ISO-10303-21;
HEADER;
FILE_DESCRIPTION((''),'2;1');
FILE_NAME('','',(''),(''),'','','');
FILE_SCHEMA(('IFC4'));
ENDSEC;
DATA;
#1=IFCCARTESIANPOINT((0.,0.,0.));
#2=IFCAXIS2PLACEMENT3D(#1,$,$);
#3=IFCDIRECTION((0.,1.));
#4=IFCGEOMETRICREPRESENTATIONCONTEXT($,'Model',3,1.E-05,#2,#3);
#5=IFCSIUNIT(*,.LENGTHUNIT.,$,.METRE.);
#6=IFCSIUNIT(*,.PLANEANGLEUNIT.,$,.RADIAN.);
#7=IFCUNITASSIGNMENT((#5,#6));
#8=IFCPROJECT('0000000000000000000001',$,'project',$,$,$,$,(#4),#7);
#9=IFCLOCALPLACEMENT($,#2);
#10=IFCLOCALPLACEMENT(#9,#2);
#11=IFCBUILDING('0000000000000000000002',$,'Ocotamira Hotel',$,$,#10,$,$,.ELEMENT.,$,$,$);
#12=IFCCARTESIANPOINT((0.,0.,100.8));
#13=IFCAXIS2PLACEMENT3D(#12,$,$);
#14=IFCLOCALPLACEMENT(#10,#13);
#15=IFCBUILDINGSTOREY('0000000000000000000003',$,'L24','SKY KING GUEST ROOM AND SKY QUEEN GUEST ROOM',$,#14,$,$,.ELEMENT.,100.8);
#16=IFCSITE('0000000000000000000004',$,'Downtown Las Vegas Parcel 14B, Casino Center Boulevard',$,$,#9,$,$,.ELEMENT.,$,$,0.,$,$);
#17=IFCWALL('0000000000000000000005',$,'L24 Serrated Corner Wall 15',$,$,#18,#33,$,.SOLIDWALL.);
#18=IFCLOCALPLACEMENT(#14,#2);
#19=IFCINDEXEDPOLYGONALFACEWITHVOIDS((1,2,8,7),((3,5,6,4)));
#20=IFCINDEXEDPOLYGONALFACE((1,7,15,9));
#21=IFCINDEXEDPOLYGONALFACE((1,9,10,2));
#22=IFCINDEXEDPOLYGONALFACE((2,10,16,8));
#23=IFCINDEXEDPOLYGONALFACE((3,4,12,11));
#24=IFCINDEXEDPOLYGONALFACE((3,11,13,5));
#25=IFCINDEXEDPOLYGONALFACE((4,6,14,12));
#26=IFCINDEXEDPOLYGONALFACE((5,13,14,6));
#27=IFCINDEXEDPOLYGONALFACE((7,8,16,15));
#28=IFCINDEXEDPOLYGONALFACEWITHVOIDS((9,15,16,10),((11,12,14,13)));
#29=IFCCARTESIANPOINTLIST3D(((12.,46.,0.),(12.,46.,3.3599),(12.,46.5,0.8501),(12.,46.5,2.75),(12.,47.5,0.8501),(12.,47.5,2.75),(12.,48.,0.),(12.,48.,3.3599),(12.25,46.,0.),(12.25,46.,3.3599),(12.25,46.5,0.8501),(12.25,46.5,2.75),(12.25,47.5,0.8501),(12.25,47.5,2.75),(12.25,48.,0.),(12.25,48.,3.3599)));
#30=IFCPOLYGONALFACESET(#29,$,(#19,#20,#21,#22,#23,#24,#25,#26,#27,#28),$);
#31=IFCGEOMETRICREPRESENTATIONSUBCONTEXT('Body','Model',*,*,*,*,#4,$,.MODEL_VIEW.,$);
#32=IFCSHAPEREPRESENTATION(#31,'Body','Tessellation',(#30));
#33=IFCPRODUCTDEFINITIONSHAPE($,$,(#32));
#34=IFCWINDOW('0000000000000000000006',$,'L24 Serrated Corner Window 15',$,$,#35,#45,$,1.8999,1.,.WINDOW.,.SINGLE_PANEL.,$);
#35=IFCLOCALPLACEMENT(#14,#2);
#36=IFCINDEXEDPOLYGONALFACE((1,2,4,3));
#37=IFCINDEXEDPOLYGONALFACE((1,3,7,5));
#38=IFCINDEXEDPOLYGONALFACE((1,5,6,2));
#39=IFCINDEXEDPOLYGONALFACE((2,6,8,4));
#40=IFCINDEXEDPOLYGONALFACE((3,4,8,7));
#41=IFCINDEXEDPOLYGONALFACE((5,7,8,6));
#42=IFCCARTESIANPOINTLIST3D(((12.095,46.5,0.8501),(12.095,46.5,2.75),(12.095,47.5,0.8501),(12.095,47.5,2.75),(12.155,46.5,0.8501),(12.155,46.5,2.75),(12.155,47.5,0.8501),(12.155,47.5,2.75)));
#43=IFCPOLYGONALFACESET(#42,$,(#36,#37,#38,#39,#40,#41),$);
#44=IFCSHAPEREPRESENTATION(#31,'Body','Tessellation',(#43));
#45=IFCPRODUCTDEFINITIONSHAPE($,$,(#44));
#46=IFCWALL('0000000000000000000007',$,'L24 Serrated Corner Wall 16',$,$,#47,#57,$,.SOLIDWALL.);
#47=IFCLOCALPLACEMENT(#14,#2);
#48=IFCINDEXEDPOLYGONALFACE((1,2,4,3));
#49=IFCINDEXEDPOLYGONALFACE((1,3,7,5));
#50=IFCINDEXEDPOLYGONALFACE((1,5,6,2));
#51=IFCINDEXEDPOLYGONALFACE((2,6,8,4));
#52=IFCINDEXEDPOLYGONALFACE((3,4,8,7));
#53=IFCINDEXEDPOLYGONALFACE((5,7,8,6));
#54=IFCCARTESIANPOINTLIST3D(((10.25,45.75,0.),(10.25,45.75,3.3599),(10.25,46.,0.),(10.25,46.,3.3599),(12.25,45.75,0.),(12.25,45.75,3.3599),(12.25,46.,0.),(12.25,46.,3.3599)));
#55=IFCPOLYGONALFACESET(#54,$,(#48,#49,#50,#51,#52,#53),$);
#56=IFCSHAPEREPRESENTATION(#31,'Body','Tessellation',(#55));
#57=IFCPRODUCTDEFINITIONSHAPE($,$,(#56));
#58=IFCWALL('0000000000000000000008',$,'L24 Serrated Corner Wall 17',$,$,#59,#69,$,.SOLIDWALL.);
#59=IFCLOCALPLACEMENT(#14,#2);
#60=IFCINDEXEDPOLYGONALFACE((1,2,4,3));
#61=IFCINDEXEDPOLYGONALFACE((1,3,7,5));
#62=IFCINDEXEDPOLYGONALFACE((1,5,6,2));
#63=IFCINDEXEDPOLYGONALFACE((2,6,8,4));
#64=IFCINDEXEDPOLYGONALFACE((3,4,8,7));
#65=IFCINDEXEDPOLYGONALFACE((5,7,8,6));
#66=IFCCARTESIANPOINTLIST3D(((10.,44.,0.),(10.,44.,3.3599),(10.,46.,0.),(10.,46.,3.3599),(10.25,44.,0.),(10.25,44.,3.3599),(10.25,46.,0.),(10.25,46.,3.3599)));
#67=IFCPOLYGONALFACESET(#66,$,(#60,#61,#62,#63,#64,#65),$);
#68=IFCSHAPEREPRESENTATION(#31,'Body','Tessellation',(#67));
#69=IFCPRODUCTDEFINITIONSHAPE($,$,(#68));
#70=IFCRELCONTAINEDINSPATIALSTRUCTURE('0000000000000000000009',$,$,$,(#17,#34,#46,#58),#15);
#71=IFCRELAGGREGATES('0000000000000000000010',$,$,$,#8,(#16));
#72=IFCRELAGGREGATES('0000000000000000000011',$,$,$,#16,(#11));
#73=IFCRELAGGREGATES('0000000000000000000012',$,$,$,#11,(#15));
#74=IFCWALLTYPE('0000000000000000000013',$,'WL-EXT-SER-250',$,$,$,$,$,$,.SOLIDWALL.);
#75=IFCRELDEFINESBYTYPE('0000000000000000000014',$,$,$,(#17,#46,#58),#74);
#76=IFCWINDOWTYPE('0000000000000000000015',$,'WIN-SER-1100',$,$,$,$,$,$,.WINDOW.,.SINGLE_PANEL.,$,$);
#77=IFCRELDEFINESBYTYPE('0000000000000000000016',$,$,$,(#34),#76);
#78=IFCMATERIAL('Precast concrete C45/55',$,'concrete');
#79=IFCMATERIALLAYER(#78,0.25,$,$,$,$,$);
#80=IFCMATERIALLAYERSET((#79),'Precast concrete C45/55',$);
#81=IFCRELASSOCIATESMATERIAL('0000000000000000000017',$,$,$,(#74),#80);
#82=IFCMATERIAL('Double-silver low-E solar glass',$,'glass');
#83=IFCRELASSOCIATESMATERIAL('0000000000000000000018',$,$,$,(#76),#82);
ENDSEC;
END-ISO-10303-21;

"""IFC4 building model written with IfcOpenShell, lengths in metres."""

from ifc_helpers import new_model, si_unit, direction, frame, frame_2d, origin, place, context, subcontext, project, spatial, rectangle, extrude, source, transform, mapped, material, layer, layer_set, type_object, element, fill, save


model = new_model("IFC4")

# Units and contexts
model_context = context("Model", 3, precision=1e-05, world=origin(), true_north=direction((0.0, 1.0)))
body_context = subcontext(model_context, "Body", "Model", "MODEL_VIEW")
ifc_project = project(units=[si_unit("LENGTHUNIT", "METRE"), si_unit("PLANEANGLEUNIT", "RADIAN")], contexts=[model_context])

# Site, building, storey
site_placement = place(None, origin())
site = spatial("IfcSite", under=ifc_project, at=site_placement, Name="Downtown Las Vegas Parcel 14B, Casino Center Boulevard", CompositionType="ELEMENT", RefElevation=0.0)
building_placement = place(site_placement, origin())
building = spatial("IfcBuilding", under=site, at=building_placement, Name="Ocotamira Hotel", CompositionType="ELEMENT")
storey_placement = place(building_placement, frame((0.0, 0.0, 100.8)))
storey = spatial("IfcBuildingStorey", under=building, at=storey_placement, Name="L24", Description="SKY KING GUEST ROOM AND SKY QUEEN GUEST ROOM", CompositionType="ELEMENT", Elevation=100.8)

# Shared definitions
ifc_material_1 = material(Name="Precast concrete C45/55", Category="concrete")
ifc_layer_1 = layer(ifc_material_1, 0.25)
ifc_layer_set_1 = layer_set([ifc_layer_1], Name="Precast concrete C45/55")
wall_type = type_object("IfcWallType", Name="WL-EXT-SER-250", PredefinedType="SOLIDWALL", material=ifc_layer_set_1)

# Wall, opening, window
wall_1_placement = place(storey_placement, frame((12.125, 48.0, 0.0), z_axis=(0.0, 0.0, 1.0), x_axis=(0.0, -1.0, 0.0)))
wall_1 = element("IfcWall", 1, at=wall_1_placement, inside=storey, type_object=wall_type, Name="L24 Serrated Corner Wall 15", PredefinedType="SOLIDWALL", context=body_context, shape_type="SweptSolid", body=[
    extrude(rectangle(XDim=2.0, YDim=0.25, at=frame_2d((1.0, 0.0))), origin(), (0.0, 0.0, 1.0), 3.3599),
])
opening_placement = place(wall_1_placement, frame((0.5, 0.0, 0.8501)))
opening = element("IfcOpeningElement", 2, at=opening_placement, cuts=wall_1, PredefinedType="OPENING", context=body_context, shape_type="SweptSolid", body=[
    extrude(rectangle(XDim=1.0, YDim=1.8999, at=frame_2d((0.5, 0.95))), frame((0.0, 0.135, 0.0), z_axis=(0.0, -1.0, 0.0), x_axis=(1.0, 0.0, 0.0)), (0.0, 0.0, 1.0), 0.27),
])
ifc_material_2 = material(Name="Double-silver low-E solar glass", Category="glass")
window_type = type_object("IfcWindowType", Name="WIN-SER-1100", PartitioningType="SINGLE_PANEL", PredefinedType="WINDOW", material=ifc_material_2)
shared_shape_1 = source(origin(), body_context, "Body", "SweptSolid", [
    extrude(rectangle(XDim=1.0, YDim=1.8999, at=frame_2d((0.5, 0.95))), frame((0.0, 0.03, 0.0), z_axis=(0.0, -1.0, 0.0), x_axis=(1.0, 0.0, 0.0)), (0.0, 0.0, 1.0), 0.0601),
])
window_placement = place(opening_placement, origin())
window = element("IfcWindow", 3, at=window_placement, inside=storey, type_object=window_type, Name="L24 Serrated Corner Window 15", OverallHeight=1.8999, OverallWidth=1.0, PartitioningType="SINGLE_PANEL", PredefinedType="WINDOW", context=body_context, shape_type="MappedRepresentation", body=[
    mapped(shared_shape_1, transform((0.0, 0.0, 0.0), scale=1.0)),
])
fill(opening, window)

# Walls
for number, where, z_axis, x_axis, name in (
    (4, (12.25, 45.875, 0.0), (0.0, 0.0, 1.0), (-1.0, 0.0, 0.0), "L24 Serrated Corner Wall 16"),
    (5, (10.125, 46.0, 0.0), (0.0, 0.0, 1.0), (0.0, -1.0, 0.0), "L24 Serrated Corner Wall 17"),
):
    element("IfcWall", number, at=place(storey_placement, frame(where, z_axis=z_axis, x_axis=x_axis)), inside=storey, type_object=wall_type, Name=name, PredefinedType="SOLIDWALL", context=body_context, shape_type="SweptSolid", body=[
        extrude(rectangle(XDim=2.0, YDim=0.25, at=frame_2d((1.0, 0.0))), origin(), (0.0, 0.0, 1.0), 3.3599),
    ])

save(model, "model.ifc")
